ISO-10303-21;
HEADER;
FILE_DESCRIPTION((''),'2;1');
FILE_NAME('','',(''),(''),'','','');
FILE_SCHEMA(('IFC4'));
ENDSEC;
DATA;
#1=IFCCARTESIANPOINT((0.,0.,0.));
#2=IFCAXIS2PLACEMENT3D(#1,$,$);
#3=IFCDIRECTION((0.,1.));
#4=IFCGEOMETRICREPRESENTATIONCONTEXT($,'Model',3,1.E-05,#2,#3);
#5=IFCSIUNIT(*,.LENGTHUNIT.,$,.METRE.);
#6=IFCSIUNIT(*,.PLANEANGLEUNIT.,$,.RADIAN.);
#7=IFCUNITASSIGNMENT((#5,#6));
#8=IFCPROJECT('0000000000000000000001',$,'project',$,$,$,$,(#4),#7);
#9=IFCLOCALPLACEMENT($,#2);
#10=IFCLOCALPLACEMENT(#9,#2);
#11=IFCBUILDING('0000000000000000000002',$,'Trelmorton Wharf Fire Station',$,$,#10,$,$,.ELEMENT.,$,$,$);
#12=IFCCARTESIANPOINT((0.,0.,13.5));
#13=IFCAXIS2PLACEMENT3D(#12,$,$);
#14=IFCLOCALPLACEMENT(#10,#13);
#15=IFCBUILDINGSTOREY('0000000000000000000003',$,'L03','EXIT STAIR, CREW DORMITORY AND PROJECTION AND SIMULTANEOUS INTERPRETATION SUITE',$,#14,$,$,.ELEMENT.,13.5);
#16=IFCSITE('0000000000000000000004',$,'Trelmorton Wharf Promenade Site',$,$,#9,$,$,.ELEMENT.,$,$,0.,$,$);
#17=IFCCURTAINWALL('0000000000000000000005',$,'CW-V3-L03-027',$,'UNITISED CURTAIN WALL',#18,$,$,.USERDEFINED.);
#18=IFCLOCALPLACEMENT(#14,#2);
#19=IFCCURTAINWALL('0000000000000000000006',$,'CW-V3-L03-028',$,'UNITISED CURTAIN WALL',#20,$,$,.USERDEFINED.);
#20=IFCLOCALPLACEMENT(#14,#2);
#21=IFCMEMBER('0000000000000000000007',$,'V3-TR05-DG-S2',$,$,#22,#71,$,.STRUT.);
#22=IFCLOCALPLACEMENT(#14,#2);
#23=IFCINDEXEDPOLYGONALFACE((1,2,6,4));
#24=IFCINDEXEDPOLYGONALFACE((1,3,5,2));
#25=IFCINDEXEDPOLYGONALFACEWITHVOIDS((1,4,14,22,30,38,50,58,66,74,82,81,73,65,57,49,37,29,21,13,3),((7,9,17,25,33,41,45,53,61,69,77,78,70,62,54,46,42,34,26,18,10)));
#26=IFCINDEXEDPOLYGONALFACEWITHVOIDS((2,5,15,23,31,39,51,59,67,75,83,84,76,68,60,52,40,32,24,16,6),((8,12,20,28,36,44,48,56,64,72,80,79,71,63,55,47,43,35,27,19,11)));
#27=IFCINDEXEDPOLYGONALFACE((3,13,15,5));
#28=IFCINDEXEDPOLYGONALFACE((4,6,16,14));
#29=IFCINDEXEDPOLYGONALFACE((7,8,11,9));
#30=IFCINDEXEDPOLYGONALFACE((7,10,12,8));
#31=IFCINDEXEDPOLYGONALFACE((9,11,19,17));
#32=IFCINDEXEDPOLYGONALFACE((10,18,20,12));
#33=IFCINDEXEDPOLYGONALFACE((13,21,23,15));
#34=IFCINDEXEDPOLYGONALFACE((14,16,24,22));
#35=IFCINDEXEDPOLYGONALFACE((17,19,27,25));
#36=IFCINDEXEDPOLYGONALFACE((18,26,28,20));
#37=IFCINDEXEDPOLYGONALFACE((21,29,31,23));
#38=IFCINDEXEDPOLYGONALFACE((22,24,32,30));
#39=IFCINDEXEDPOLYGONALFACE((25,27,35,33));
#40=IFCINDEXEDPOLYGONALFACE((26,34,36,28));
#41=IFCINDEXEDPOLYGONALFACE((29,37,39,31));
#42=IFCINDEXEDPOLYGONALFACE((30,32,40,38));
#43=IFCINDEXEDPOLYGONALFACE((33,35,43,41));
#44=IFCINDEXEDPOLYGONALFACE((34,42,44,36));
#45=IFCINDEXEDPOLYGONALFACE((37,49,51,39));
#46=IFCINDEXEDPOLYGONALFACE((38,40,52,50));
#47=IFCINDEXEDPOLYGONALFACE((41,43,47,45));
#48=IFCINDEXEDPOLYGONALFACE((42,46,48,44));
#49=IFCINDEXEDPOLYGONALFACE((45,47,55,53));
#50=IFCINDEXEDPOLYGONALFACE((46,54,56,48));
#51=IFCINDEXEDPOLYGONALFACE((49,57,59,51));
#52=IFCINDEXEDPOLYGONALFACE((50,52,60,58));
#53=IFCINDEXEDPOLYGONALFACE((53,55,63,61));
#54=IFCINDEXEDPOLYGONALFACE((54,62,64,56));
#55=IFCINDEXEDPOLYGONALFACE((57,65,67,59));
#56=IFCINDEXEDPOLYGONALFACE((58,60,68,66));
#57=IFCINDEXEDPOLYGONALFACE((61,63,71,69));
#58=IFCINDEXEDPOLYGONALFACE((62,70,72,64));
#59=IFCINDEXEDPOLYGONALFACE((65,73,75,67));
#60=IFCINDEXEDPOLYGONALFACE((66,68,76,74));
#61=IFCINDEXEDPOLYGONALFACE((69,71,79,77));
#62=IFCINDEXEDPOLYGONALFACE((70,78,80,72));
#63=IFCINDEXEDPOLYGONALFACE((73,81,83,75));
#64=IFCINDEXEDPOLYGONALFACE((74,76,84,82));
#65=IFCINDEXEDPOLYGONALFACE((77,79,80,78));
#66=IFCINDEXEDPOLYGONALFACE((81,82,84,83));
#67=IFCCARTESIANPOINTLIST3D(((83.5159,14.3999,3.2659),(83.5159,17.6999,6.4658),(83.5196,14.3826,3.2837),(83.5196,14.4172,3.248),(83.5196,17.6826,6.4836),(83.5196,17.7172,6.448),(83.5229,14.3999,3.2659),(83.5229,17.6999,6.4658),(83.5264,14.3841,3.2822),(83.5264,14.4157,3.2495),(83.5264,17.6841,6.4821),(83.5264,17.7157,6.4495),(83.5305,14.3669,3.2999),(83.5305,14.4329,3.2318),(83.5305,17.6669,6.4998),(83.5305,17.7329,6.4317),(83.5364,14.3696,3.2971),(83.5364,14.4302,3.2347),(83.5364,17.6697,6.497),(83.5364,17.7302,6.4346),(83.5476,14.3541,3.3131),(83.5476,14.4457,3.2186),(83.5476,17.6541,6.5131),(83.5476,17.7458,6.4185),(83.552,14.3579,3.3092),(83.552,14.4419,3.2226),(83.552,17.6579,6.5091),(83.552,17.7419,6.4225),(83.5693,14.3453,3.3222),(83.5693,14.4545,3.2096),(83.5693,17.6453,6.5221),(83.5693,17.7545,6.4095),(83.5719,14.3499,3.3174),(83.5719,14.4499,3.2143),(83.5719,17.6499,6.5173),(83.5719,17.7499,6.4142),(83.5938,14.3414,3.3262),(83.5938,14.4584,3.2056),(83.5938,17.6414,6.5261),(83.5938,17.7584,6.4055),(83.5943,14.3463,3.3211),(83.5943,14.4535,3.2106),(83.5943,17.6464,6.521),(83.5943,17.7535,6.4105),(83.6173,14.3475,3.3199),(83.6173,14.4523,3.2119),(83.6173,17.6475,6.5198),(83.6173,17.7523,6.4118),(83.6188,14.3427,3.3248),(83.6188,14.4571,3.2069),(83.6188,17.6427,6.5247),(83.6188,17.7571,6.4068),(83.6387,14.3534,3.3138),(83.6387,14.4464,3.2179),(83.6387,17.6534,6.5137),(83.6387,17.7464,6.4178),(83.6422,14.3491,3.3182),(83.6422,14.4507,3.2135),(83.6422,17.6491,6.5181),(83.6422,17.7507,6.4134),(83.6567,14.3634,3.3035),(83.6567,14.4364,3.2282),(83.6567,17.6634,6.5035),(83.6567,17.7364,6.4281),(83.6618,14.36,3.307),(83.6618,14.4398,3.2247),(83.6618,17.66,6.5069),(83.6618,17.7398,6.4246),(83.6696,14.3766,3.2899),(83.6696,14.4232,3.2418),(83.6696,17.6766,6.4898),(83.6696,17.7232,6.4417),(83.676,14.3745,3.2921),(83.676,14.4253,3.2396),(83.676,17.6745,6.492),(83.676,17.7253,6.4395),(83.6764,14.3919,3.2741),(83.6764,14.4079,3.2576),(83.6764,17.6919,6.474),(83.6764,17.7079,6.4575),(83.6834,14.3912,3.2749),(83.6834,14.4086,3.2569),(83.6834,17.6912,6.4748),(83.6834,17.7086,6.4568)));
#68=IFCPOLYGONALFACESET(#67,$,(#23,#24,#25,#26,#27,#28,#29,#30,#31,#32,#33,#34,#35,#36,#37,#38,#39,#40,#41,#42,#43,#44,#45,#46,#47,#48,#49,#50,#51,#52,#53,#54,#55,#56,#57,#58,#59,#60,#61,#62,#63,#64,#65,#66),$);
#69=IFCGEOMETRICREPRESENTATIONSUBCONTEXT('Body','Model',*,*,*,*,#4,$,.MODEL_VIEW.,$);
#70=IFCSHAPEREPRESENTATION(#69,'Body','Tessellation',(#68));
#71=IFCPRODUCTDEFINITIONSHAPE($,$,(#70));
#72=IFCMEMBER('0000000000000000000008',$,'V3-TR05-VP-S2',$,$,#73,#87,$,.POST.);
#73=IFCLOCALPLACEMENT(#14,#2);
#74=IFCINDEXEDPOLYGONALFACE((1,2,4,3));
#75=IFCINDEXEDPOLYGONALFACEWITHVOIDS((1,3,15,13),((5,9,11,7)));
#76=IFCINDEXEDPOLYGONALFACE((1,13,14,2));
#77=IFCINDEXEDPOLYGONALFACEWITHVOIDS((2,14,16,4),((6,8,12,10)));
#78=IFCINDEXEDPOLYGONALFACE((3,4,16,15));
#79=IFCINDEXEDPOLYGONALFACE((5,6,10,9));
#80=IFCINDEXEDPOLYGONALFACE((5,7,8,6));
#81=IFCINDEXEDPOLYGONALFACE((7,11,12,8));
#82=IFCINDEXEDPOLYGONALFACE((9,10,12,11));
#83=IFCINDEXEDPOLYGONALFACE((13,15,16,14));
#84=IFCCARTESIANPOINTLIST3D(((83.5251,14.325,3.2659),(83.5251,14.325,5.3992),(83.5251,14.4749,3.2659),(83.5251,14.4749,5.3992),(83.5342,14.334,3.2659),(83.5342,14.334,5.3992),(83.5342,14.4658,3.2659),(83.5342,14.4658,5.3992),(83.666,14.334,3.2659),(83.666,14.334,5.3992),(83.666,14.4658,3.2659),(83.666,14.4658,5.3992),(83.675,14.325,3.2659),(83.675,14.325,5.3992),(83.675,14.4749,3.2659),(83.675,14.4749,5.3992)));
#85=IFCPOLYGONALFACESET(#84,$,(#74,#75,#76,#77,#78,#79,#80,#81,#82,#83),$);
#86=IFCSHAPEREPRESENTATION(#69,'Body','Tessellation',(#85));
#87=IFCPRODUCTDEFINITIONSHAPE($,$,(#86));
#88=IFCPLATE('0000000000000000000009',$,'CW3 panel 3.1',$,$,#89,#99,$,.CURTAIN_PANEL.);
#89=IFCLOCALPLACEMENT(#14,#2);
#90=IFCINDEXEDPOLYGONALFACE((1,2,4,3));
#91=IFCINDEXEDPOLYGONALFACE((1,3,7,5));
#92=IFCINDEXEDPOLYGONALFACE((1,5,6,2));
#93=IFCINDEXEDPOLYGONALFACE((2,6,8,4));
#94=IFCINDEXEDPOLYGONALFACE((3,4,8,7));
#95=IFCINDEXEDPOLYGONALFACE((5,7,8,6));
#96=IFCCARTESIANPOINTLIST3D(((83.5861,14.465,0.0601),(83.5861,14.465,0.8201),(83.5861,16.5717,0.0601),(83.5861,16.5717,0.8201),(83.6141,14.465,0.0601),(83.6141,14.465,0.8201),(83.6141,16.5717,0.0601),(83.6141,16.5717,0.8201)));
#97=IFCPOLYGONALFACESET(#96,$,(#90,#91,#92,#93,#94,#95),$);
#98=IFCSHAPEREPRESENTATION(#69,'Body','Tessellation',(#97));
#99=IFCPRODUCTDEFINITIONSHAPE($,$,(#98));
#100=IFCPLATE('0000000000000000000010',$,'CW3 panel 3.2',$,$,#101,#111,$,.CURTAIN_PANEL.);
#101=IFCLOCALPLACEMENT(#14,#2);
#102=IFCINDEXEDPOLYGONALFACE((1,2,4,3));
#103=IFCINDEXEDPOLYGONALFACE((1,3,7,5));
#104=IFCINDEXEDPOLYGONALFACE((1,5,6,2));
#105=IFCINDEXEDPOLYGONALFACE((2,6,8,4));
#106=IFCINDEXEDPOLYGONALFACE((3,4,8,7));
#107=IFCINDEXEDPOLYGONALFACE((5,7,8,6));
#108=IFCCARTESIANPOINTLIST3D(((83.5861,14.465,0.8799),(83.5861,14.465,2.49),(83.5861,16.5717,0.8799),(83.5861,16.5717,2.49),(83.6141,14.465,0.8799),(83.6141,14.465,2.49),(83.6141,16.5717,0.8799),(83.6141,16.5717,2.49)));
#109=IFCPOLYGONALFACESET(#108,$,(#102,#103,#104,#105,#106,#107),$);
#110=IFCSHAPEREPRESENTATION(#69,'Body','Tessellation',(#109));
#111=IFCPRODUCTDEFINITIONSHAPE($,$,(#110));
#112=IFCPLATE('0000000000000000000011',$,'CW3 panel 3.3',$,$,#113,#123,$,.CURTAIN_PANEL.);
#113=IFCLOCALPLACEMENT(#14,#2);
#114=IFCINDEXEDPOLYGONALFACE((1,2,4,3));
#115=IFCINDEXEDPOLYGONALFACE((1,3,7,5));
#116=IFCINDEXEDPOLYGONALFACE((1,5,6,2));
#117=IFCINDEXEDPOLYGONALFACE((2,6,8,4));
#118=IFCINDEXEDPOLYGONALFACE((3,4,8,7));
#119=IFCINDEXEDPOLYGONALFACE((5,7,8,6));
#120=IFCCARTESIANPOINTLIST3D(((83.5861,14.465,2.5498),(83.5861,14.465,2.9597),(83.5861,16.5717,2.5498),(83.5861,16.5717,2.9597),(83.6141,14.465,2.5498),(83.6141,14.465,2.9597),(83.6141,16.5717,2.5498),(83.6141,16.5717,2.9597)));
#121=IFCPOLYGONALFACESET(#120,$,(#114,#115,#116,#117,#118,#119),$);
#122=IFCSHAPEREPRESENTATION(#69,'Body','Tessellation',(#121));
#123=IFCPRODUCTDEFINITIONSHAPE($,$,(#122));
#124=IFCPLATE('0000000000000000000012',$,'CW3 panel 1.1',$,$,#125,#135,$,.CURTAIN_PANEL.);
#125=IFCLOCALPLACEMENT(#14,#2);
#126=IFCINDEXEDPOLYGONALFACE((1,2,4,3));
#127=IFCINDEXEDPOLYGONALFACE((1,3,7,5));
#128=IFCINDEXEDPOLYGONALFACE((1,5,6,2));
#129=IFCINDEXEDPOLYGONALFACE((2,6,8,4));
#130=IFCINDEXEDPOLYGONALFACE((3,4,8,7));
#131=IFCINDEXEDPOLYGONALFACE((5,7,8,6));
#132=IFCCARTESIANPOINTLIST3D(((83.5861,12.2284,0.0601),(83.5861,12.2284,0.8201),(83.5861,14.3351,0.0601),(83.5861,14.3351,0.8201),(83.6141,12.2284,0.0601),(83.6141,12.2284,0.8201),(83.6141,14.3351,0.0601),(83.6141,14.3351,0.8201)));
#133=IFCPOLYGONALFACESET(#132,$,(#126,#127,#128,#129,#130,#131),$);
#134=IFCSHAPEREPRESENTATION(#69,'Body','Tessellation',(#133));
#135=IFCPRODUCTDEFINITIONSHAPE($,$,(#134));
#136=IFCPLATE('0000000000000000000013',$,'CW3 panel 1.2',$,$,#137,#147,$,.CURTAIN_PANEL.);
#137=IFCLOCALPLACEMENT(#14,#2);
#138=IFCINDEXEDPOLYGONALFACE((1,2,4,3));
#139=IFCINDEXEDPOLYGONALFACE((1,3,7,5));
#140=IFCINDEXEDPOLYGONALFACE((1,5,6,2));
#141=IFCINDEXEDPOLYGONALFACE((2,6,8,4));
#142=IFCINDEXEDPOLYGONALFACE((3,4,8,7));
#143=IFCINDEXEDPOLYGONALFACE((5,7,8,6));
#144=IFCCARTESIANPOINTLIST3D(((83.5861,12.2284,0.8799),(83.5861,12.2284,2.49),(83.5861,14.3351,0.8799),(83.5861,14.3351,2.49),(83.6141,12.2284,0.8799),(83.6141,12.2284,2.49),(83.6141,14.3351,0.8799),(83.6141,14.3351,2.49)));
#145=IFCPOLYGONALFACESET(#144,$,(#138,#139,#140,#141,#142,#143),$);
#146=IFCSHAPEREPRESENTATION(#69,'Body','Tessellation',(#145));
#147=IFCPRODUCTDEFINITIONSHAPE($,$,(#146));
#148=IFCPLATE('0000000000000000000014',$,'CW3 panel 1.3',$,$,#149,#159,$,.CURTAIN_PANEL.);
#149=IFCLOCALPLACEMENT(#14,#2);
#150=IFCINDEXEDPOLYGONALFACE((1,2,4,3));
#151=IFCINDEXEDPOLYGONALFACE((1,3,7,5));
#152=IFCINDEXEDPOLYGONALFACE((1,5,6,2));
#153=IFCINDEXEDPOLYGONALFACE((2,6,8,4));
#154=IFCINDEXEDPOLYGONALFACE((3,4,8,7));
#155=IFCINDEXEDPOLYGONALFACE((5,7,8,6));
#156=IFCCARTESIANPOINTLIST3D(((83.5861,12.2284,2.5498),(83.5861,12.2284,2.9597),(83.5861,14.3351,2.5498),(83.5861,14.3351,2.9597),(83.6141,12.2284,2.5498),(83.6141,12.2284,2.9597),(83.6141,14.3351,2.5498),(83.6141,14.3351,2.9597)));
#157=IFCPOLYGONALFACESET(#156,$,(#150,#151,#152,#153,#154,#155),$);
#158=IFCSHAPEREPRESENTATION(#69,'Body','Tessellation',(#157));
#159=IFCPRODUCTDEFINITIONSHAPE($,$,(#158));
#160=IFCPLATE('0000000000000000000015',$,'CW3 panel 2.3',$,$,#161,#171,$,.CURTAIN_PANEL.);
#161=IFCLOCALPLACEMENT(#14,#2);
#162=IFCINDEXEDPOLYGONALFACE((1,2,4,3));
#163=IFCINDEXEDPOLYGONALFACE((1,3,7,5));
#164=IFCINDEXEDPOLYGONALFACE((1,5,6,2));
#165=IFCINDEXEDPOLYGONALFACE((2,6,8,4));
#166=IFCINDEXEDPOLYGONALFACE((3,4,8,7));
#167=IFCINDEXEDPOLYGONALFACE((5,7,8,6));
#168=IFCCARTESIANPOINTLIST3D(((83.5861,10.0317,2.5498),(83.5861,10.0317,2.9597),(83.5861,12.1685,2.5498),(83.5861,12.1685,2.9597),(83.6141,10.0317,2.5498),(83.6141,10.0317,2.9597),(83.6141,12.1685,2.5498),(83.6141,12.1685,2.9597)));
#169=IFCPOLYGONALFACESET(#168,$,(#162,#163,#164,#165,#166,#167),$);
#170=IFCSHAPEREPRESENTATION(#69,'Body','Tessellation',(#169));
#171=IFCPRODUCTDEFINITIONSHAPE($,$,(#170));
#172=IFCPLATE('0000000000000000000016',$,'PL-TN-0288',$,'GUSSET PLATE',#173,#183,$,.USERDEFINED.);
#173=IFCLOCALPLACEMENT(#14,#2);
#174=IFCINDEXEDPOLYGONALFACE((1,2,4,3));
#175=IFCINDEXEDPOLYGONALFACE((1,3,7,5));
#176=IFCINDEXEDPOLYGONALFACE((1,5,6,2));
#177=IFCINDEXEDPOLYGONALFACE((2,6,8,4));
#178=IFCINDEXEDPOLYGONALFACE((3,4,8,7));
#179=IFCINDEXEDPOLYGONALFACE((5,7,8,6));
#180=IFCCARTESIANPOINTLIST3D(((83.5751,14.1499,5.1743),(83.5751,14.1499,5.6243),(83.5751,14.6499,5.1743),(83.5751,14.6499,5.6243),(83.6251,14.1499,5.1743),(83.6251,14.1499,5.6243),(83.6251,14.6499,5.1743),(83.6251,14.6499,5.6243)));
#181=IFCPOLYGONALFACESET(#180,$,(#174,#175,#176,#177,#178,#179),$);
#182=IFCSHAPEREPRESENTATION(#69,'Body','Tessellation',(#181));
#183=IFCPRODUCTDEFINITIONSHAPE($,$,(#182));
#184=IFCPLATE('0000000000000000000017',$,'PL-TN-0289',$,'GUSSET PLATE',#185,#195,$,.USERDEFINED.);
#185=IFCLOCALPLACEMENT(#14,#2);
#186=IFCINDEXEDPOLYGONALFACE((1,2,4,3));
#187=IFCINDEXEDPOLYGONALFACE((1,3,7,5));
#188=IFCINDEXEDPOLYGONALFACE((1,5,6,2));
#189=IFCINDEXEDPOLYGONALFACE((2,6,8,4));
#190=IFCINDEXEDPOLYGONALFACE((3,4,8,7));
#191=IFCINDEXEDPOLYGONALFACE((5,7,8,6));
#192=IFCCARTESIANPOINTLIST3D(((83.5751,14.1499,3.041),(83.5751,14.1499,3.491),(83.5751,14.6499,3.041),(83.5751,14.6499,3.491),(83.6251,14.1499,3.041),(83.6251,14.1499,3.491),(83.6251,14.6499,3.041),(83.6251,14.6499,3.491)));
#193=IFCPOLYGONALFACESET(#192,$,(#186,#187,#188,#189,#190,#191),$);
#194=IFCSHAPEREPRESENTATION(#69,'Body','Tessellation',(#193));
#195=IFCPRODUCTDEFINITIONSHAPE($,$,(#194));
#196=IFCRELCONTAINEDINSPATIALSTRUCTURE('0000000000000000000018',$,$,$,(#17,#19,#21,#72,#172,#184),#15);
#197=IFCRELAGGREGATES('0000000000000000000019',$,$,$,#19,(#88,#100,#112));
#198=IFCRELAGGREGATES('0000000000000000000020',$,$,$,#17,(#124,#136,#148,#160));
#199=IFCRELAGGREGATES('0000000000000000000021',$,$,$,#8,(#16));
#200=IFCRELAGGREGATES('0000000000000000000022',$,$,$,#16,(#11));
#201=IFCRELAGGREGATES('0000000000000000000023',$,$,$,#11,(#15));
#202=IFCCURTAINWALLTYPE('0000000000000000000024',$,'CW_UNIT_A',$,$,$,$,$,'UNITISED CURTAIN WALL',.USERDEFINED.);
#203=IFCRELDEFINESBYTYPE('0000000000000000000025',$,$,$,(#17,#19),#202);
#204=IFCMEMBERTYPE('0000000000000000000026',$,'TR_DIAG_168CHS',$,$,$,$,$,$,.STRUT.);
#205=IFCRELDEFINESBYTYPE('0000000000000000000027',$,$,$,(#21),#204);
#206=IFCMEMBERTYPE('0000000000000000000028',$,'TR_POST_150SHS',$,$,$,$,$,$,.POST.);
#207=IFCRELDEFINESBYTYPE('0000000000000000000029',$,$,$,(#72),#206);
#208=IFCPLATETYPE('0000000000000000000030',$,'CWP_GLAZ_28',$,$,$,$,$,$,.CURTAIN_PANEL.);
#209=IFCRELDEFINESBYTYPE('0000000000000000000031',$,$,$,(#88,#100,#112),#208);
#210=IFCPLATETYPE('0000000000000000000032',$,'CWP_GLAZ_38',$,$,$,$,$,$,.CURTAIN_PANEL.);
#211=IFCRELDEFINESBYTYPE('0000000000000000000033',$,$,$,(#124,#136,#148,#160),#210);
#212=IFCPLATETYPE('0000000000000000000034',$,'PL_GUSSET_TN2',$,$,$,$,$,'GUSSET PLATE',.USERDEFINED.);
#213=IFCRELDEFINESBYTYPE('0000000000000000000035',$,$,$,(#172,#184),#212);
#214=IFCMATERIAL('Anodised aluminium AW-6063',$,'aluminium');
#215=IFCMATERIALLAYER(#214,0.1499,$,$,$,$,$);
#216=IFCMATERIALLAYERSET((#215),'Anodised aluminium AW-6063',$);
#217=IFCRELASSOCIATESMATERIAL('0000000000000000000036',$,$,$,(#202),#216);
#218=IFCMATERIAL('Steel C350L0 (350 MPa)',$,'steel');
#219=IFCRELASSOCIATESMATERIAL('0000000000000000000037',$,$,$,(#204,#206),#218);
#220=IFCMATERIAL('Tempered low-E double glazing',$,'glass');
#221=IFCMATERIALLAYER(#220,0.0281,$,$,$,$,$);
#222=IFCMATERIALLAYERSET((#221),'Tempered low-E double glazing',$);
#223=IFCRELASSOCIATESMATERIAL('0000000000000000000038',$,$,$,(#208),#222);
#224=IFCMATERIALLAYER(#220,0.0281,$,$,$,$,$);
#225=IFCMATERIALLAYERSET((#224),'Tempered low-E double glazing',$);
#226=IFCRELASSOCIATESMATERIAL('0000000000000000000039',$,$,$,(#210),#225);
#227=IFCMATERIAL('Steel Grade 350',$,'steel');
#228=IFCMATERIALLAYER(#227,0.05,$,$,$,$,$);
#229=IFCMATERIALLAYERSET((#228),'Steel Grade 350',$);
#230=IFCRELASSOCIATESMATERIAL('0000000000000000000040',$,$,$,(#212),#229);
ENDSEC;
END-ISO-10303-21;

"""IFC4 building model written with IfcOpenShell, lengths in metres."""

from ifc_helpers import new_model, si_unit, direction, frame, origin, origin_2d, place, context, subcontext, project, spatial, rectangle, hollow_rectangle, hollow_circle, extrude, material, layer, layer_set, material_profile, profile_set, type_object, element, aggregate, save


model = new_model("IFC4")

# Units and contexts
model_context = context("Model", 3, precision=1e-05, world=origin(), true_north=direction((0.0, 1.0)))
body_context = subcontext(model_context, "Body", "Model", "MODEL_VIEW")
ifc_project = project(units=[si_unit("LENGTHUNIT", "METRE"), si_unit("PLANEANGLEUNIT", "RADIAN")], contexts=[model_context])

# Site, building, storey
site_placement = place(None, origin())
site = spatial("IfcSite", under=ifc_project, at=site_placement, Name="Trelmorton Wharf Promenade Site", CompositionType="ELEMENT", RefElevation=0.0)
building_placement = place(site_placement, origin())
building = spatial("IfcBuilding", under=site, at=building_placement, Name="Trelmorton Wharf Fire Station", CompositionType="ELEMENT")
storey_placement = place(building_placement, frame((0.0, 0.0, 13.5)))
storey = spatial("IfcBuildingStorey", under=building, at=storey_placement, Name="L03", Description="EXIT STAIR, CREW DORMITORY AND PROJECTION AND SIMULTANEOUS INTERPRETATION SUITE", CompositionType="ELEMENT", Elevation=13.5)

# Curtain wall
ifc_material_1 = material(Name="Anodised aluminium AW-6063", Category="aluminium")
ifc_layer_1 = layer(ifc_material_1, 0.1499)
ifc_layer_set_1 = layer_set([ifc_layer_1], Name="Anodised aluminium AW-6063")
curtain_wall_type = type_object("IfcCurtainWallType", Name="CW_UNIT_A", ElementType="UNITISED CURTAIN WALL", PredefinedType="USERDEFINED", material=ifc_layer_set_1)
curtain_wall_1_placement = place(storey_placement, origin())
curtain_wall_1 = element("IfcCurtainWall", 1, at=curtain_wall_1_placement, inside=storey, type_object=curtain_wall_type, Name="CW-V3-L03-027", ObjectType="UNITISED CURTAIN WALL", PredefinedType="USERDEFINED")

# Curtain wall
curtain_wall_2_placement = place(storey_placement, origin())
curtain_wall_2 = element("IfcCurtainWall", 2, at=curtain_wall_2_placement, inside=storey, type_object=curtain_wall_type, Name="CW-V3-L03-028", ObjectType="UNITISED CURTAIN WALL", PredefinedType="USERDEFINED")

# Members
ifc_material_2 = material(Name="Steel C350L0 (350 MPa)", Category="steel")
ifc_material_profile_1 = material_profile(ifc_material_2, hollow_circle(Radius=0.0842, WallThickness=0.0071, at=origin_2d()), Name="168.3x7.1CHS")
ifc_profile_set_1 = profile_set([ifc_material_profile_1], Name="Steel C350L0 (350 MPa)")
member_type_1 = type_object("IfcMemberType", Name="TR_DIAG_168CHS", PredefinedType="STRUT", material=ifc_profile_set_1)
member_1_placement = place(storey_placement, frame((83.6001, 14.3999, 3.2659), z_axis=(0.0, 0.717911, 0.696135), x_axis=(-1.0, 0.0, 0.0)))
element("IfcMember", 3, at=member_1_placement, inside=storey, type_object=member_type_1, Name="V3-TR05-DG-S2", PredefinedType="STRUT", context=body_context, shape_type="SweptSolid", body=[
    extrude(hollow_circle(Radius=0.0842, WallThickness=0.0071, at=origin_2d()), origin(), (0.0, 0.0, 1.0), 4.5967),
])
ifc_material_profile_2 = material_profile(ifc_material_2, hollow_rectangle(XDim=0.1499, YDim=0.1499, WallThickness=0.009, at=origin_2d()), Name="150x150x9.0SHS")
ifc_profile_set_2 = profile_set([ifc_material_profile_2], Name="Steel C350L0 (350 MPa)")
member_type_2 = type_object("IfcMemberType", Name="TR_POST_150SHS", PredefinedType="POST", material=ifc_profile_set_2)
member_2_placement = place(storey_placement, frame((83.6001, 14.3999, 3.2659), z_axis=(0.0, 0.0, 1.0), x_axis=(1.0, 0.0, 0.0)))
element("IfcMember", 4, at=member_2_placement, inside=storey, type_object=member_type_2, Name="V3-TR05-VP-S2", PredefinedType="POST", context=body_context, shape_type="SweptSolid", body=[
    extrude(hollow_rectangle(XDim=0.1499, YDim=0.1499, WallThickness=0.009, at=origin_2d()), origin(), (0.0, 0.0, 1.0), 2.1333),
])

# Plates
ifc_material_3 = material(Name="Tempered low-E double glazing", Category="glass")
ifc_layer_2 = layer(ifc_material_3, 0.0281)
ifc_layer_set_2 = layer_set([ifc_layer_2], Name="Tempered low-E double glazing")
plate_type_1 = type_object("IfcPlateType", Name="CWP_GLAZ_28", PredefinedType="CURTAIN_PANEL", material=ifc_layer_set_2)
plate_1_placement = place(storey_placement, frame((83.6001, 15.5183, 0.0601), z_axis=(0.0, 0.0, 1.0), x_axis=(0.0, -1.0, 0.0)))
plate_1 = element("IfcPlate", 5, at=plate_1_placement, type_object=plate_type_1, Name="CW3 panel 3.1", PredefinedType="CURTAIN_PANEL", context=body_context, shape_type="SweptSolid", body=[
    extrude(rectangle(XDim=2.1067, YDim=0.0281, at=origin_2d()), origin(), (0.0, 0.0, 1.0), 0.76),
])
plate_2_placement = place(storey_placement, frame((83.6001, 15.5183, 0.8799), z_axis=(0.0, 0.0, 1.0), x_axis=(0.0, -1.0, 0.0)))
plate_2 = element("IfcPlate", 6, at=plate_2_placement, type_object=plate_type_1, Name="CW3 panel 3.2", PredefinedType="CURTAIN_PANEL", context=body_context, shape_type="SweptSolid", body=[
    extrude(rectangle(XDim=2.1067, YDim=0.0281, at=origin_2d()), origin(), (0.0, 0.0, 1.0), 1.6101),
])
plate_3_placement = place(storey_placement, frame((83.6001, 15.5183, 2.5498), z_axis=(0.0, 0.0, 1.0), x_axis=(0.0, -1.0, 0.0)))
plate_3 = element("IfcPlate", 7, at=plate_3_placement, type_object=plate_type_1, Name="CW3 panel 3.3", PredefinedType="CURTAIN_PANEL", context=body_context, shape_type="SweptSolid", body=[
    extrude(rectangle(XDim=2.1067, YDim=0.0281, at=origin_2d()), origin(), (0.0, 0.0, 1.0), 0.4099),
])
aggregate(curtain_wall_2, [plate_1, plate_2, plate_3])
ifc_layer_3 = layer(ifc_material_3, 0.0281)
ifc_layer_set_3 = layer_set([ifc_layer_3], Name="Tempered low-E double glazing")
plate_type_2 = type_object("IfcPlateType", Name="CWP_GLAZ_38", PredefinedType="CURTAIN_PANEL", material=ifc_layer_set_3)
plate_4_placement = place(storey_placement, frame((83.6001, 13.2817, 0.0601), z_axis=(0.0, 0.0, 1.0), x_axis=(0.0, -1.0, 0.0)))
plate_4 = element("IfcPlate", 8, at=plate_4_placement, type_object=plate_type_2, Name="CW3 panel 1.1", PredefinedType="CURTAIN_PANEL", context=body_context, shape_type="SweptSolid", body=[
    extrude(rectangle(XDim=2.1067, YDim=0.0281, at=origin_2d()), origin(), (0.0, 0.0, 1.0), 0.76),
])
plate_5_placement = place(storey_placement, frame((83.6001, 13.2817, 0.8799), z_axis=(0.0, 0.0, 1.0), x_axis=(0.0, -1.0, 0.0)))
plate_5 = element("IfcPlate", 9, at=plate_5_placement, type_object=plate_type_2, Name="CW3 panel 1.2", PredefinedType="CURTAIN_PANEL", context=body_context, shape_type="SweptSolid", body=[
    extrude(rectangle(XDim=2.1067, YDim=0.0281, at=origin_2d()), origin(), (0.0, 0.0, 1.0), 1.6101),
])
plate_6_placement = place(storey_placement, frame((83.6001, 13.2817, 2.5498), z_axis=(0.0, 0.0, 1.0), x_axis=(0.0, -1.0, 0.0)))
plate_6 = element("IfcPlate", 10, at=plate_6_placement, type_object=plate_type_2, Name="CW3 panel 1.3", PredefinedType="CURTAIN_PANEL", context=body_context, shape_type="SweptSolid", body=[
    extrude(rectangle(XDim=2.1067, YDim=0.0281, at=origin_2d()), origin(), (0.0, 0.0, 1.0), 0.4099),
])
plate_7_placement = place(storey_placement, frame((83.6001, 11.1001, 2.5498), z_axis=(0.0, 0.0, 1.0), x_axis=(0.0, -1.0, 0.0)))
plate_7 = element("IfcPlate", 11, at=plate_7_placement, type_object=plate_type_2, Name="CW3 panel 2.3", PredefinedType="CURTAIN_PANEL", context=body_context, shape_type="SweptSolid", body=[
    extrude(rectangle(XDim=2.1367, YDim=0.0281, at=origin_2d()), origin(), (0.0, 0.0, 1.0), 0.4099),
])
aggregate(curtain_wall_1, [plate_4, plate_5, plate_6, plate_7])

# Plates
ifc_material_4 = material(Name="Steel Grade 350", Category="steel")
ifc_layer_4 = layer(ifc_material_4, 0.05)
ifc_layer_set_4 = layer_set([ifc_layer_4], Name="Steel Grade 350")
plate_type_3 = type_object("IfcPlateType", Name="PL_GUSSET_TN2", ElementType="GUSSET PLATE", PredefinedType="USERDEFINED", material=ifc_layer_set_4)
for number, where, z_axis, x_axis, name in (
    (12, (83.6001, 14.3999, 5.1743), (0.0, 0.0, 1.0), (1.0, 0.0, 0.0), "PL-TN-0288"),
    (13, (83.6001, 14.3999, 3.041), (0.0, 0.0, 1.0), (1.0, 0.0, 0.0), "PL-TN-0289"),
):
    element("IfcPlate", number, at=place(storey_placement, frame(where, z_axis=z_axis, x_axis=x_axis)), inside=storey, type_object=plate_type_3, Name=name, ObjectType="GUSSET PLATE", PredefinedType="USERDEFINED", context=body_context, shape_type="SweptSolid", body=[
        extrude(rectangle(XDim=0.05, YDim=0.5, at=origin_2d()), origin(), (0.0, 0.0, 1.0), 0.45),
    ])

save(model, "model.ifc")
